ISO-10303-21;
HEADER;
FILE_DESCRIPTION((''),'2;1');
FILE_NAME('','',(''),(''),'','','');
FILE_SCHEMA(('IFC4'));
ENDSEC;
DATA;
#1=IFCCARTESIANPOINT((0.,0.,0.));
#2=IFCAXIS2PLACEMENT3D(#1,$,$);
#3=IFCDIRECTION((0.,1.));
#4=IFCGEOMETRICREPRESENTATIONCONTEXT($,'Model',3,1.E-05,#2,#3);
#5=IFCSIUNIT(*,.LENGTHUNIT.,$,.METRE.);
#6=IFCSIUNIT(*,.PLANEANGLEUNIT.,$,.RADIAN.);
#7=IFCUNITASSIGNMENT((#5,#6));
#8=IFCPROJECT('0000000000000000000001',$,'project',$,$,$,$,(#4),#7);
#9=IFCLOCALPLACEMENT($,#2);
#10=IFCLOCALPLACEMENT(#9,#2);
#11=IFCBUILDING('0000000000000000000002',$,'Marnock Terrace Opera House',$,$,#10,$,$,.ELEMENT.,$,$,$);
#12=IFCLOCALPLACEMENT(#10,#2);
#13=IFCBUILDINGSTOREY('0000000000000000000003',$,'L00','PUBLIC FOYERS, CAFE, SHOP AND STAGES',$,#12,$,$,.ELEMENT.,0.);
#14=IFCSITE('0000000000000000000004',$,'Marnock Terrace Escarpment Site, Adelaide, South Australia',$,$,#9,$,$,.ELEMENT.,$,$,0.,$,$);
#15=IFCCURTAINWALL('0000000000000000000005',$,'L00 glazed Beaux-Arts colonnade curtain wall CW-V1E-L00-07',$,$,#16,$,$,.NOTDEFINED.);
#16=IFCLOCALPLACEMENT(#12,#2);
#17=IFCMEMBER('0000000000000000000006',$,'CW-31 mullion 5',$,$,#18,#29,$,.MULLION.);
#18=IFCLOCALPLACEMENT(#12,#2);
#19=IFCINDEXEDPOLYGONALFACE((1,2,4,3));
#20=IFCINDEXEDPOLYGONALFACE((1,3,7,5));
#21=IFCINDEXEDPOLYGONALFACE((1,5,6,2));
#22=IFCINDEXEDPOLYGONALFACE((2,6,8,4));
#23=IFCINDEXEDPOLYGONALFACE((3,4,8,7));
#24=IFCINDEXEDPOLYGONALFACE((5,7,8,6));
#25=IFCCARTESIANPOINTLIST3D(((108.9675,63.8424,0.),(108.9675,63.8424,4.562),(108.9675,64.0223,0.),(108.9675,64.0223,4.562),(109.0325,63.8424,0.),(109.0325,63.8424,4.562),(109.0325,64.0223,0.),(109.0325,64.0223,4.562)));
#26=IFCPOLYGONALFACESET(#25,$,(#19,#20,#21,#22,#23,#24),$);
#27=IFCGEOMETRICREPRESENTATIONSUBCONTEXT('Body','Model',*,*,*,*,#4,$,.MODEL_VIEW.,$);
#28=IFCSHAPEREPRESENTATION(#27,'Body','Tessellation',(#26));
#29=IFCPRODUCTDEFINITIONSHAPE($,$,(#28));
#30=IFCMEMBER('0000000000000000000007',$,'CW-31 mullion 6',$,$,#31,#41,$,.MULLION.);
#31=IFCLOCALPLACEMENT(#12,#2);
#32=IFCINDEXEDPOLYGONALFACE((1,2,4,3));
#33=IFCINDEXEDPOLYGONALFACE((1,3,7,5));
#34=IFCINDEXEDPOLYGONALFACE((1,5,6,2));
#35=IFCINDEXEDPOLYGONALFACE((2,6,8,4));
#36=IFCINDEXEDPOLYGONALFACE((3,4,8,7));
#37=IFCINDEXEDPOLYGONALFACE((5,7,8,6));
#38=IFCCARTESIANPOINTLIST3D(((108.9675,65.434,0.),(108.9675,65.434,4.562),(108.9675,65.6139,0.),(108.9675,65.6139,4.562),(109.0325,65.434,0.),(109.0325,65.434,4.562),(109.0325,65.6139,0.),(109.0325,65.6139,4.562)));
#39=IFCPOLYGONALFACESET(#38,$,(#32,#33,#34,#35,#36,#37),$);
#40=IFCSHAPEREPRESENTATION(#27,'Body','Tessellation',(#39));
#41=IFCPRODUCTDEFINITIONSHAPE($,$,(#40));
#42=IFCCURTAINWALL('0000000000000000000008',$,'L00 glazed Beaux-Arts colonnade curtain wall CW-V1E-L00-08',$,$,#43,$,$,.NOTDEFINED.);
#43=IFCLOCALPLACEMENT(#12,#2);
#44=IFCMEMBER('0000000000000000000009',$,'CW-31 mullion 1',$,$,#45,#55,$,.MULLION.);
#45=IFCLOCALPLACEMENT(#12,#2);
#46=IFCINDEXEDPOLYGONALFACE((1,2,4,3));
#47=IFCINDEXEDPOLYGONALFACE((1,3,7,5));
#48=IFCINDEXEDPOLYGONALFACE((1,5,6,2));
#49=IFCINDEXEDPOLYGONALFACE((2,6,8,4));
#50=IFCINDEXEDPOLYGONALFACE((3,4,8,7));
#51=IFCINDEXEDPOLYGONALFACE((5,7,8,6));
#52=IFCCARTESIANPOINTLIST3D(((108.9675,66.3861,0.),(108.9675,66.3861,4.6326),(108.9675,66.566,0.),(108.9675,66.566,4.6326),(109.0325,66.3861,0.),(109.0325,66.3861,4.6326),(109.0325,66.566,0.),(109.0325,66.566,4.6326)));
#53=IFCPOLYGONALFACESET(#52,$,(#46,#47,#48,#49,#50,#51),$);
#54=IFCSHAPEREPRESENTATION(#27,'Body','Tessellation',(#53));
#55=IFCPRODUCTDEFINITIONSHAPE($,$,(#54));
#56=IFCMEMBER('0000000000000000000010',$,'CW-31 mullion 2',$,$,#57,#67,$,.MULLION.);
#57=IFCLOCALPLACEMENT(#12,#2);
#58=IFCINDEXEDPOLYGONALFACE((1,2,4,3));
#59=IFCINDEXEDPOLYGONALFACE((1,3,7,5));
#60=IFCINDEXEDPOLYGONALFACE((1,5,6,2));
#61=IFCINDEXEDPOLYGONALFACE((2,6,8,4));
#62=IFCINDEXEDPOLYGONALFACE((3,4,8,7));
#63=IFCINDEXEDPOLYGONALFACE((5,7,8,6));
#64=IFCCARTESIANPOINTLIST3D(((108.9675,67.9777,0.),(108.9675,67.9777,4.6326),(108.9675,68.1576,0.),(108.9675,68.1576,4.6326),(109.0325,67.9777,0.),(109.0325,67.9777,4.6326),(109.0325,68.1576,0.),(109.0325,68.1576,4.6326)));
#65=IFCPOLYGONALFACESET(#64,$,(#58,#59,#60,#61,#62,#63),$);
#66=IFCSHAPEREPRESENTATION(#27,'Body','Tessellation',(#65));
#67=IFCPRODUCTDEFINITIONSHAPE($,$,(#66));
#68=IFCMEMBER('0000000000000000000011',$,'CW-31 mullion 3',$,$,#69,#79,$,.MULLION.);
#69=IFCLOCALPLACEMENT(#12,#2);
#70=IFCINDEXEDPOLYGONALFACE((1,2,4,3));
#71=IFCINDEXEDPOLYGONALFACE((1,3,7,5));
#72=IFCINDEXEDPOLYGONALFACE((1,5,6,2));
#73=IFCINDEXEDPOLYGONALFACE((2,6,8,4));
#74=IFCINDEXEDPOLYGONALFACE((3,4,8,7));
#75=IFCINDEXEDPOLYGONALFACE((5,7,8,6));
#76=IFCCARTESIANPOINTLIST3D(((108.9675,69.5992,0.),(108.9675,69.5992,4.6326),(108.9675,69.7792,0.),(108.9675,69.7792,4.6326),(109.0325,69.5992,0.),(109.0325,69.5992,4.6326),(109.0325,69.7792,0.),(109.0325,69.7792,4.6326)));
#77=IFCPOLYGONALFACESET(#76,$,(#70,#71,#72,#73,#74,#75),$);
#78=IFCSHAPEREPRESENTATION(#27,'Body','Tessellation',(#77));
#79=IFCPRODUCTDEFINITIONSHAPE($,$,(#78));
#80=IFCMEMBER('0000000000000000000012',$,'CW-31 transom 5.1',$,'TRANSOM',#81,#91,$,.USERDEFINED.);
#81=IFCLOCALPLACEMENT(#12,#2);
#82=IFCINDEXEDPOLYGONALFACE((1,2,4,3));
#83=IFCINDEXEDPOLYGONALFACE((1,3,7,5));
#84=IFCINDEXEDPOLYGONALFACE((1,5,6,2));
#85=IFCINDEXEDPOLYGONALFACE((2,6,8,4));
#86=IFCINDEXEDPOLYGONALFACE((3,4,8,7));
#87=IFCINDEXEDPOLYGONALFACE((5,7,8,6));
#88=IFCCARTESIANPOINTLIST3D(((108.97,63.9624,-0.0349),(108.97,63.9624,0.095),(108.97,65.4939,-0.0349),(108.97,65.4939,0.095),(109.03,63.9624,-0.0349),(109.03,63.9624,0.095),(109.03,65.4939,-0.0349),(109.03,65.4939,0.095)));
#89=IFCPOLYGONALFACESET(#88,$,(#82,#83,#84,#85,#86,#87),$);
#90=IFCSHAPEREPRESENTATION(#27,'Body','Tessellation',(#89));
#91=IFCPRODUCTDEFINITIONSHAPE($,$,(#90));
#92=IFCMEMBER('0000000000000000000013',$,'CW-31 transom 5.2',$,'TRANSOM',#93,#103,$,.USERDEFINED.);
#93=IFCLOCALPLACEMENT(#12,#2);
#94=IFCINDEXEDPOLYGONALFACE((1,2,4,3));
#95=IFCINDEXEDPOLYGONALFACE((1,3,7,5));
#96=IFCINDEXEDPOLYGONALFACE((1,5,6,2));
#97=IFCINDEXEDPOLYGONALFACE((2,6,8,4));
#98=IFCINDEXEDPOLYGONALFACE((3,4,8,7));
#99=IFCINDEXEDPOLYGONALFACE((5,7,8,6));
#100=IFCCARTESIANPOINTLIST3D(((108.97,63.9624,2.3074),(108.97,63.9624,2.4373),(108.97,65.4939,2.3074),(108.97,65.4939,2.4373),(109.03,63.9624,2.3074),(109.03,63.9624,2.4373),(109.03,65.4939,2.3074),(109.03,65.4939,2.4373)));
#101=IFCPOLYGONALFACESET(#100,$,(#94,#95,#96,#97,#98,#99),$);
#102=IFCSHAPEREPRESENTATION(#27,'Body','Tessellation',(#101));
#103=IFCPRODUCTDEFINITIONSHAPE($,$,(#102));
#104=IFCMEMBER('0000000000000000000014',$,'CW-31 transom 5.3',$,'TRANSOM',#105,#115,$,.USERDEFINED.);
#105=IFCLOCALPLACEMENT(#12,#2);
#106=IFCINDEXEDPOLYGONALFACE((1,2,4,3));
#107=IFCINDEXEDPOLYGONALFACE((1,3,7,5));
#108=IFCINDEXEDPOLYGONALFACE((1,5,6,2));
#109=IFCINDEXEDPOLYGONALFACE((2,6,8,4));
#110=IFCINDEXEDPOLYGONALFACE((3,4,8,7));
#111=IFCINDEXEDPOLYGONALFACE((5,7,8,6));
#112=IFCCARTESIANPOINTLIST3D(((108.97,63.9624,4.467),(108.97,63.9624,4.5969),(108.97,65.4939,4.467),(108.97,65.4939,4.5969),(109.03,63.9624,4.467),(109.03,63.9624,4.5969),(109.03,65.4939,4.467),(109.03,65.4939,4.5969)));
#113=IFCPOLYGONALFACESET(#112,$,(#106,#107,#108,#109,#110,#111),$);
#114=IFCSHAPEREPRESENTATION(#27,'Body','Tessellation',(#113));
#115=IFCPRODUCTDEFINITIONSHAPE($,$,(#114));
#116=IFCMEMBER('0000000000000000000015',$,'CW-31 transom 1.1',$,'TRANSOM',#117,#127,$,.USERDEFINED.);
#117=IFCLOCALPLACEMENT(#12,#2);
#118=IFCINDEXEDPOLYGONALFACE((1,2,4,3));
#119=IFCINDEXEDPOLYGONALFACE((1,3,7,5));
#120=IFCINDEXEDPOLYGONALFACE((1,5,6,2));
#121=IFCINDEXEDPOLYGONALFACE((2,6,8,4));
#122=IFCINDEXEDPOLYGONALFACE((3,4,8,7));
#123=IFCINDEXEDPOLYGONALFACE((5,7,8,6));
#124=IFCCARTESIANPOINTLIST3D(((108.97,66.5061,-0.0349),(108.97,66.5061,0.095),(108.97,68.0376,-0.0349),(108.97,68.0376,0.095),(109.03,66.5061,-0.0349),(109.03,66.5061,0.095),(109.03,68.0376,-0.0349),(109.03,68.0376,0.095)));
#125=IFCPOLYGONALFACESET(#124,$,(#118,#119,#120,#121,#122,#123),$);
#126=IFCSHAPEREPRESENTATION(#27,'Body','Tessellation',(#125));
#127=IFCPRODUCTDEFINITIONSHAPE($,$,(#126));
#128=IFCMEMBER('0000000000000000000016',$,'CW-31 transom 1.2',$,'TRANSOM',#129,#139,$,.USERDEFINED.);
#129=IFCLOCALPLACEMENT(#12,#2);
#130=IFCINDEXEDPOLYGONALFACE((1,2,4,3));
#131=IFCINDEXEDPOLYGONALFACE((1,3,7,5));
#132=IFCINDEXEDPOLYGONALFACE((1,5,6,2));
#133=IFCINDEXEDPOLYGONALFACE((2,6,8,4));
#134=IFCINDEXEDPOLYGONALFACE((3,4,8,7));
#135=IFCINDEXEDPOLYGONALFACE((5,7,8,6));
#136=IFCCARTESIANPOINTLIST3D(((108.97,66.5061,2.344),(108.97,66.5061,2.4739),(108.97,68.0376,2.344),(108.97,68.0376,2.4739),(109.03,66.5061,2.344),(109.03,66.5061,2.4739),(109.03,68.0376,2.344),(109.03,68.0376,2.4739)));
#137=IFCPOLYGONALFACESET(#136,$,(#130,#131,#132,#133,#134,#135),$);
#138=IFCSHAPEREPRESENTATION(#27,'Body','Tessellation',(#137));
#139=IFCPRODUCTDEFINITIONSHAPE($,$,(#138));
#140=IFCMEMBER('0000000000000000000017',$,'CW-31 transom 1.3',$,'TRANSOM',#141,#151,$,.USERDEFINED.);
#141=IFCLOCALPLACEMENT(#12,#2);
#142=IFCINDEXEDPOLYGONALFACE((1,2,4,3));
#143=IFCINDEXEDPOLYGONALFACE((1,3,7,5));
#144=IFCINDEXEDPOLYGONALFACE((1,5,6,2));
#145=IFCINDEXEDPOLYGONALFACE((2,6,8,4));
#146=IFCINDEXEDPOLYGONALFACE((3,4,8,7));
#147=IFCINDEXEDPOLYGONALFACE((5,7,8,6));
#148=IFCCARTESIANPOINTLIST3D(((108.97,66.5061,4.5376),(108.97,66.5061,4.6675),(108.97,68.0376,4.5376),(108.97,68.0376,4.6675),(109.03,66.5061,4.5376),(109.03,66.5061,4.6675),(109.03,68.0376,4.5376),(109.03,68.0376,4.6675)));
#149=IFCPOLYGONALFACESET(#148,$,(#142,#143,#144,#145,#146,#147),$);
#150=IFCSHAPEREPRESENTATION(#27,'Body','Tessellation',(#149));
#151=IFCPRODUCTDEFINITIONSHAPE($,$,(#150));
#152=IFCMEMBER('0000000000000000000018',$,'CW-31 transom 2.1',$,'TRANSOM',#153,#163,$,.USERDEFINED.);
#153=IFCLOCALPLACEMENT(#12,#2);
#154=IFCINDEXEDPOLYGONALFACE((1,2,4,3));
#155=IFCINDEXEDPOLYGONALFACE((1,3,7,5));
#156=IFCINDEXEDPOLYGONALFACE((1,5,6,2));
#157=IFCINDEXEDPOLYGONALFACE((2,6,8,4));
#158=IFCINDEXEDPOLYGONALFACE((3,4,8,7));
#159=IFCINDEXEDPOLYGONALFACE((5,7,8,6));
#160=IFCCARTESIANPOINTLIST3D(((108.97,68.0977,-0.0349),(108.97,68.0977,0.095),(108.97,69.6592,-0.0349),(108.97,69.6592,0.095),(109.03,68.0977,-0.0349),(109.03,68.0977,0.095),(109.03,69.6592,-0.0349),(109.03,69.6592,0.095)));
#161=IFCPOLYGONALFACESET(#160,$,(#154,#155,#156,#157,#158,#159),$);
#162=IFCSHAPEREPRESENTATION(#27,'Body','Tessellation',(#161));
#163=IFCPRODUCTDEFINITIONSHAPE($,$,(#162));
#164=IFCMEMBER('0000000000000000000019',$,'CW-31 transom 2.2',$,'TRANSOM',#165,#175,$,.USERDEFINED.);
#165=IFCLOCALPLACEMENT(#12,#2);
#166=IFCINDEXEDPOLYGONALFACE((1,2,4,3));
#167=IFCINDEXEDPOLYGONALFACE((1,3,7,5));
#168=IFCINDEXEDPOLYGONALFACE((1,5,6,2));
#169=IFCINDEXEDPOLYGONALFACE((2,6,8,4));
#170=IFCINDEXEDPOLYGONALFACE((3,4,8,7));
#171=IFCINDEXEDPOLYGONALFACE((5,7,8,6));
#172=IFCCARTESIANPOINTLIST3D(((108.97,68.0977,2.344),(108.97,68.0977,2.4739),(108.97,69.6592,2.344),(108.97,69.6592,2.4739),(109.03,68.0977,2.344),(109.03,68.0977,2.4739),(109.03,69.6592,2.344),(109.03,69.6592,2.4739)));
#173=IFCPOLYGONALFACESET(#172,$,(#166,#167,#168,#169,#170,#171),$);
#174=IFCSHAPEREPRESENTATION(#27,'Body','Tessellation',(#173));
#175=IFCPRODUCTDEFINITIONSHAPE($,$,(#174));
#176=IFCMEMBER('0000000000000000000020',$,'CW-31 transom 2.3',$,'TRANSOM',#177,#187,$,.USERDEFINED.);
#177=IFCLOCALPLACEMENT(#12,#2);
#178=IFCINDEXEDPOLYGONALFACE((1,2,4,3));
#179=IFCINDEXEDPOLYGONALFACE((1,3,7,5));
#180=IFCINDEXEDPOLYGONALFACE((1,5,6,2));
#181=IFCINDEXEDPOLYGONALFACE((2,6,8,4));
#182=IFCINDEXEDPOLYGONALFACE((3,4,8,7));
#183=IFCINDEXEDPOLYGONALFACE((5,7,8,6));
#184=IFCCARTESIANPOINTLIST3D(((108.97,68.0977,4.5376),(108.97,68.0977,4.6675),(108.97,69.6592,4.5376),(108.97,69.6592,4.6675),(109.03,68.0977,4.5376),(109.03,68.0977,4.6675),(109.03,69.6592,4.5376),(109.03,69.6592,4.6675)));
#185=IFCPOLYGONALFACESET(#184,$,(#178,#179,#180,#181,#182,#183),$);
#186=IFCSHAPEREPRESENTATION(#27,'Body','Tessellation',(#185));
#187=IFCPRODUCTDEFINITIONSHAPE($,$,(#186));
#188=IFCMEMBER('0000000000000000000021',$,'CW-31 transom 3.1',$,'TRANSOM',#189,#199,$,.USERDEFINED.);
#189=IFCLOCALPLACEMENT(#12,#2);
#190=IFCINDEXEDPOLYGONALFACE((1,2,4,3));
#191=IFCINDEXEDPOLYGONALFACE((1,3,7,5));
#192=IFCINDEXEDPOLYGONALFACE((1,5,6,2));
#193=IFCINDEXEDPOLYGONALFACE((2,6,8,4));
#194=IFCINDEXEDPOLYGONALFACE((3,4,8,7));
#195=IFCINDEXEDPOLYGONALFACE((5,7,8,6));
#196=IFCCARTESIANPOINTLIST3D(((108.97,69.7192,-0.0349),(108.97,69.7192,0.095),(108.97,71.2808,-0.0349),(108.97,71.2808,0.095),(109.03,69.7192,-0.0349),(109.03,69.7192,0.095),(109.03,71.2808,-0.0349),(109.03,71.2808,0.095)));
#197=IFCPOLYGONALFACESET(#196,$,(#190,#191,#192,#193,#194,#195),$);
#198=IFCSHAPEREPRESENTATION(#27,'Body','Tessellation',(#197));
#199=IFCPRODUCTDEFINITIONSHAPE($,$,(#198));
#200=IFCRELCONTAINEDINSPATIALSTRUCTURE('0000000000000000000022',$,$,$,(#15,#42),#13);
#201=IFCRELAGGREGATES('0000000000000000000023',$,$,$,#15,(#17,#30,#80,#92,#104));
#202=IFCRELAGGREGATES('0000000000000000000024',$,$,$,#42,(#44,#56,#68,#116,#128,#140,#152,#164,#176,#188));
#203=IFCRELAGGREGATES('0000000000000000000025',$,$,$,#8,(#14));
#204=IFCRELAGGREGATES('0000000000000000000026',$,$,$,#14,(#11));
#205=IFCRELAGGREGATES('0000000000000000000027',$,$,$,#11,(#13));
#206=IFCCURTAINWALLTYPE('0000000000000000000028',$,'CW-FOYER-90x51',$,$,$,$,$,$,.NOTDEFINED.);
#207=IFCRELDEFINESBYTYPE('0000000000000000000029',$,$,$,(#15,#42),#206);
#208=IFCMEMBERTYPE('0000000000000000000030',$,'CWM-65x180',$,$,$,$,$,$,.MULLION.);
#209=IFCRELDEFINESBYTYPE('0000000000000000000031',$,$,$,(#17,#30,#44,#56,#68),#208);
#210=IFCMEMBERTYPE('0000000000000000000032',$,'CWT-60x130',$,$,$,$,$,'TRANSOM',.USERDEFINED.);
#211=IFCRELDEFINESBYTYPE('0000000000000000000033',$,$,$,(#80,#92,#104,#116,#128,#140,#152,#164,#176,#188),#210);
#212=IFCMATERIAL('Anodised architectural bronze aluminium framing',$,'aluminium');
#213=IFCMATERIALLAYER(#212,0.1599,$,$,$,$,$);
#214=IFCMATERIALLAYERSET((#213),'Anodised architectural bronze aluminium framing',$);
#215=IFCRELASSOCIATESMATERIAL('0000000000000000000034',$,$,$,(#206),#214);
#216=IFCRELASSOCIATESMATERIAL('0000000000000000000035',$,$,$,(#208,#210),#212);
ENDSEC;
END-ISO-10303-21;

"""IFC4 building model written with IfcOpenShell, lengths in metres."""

from ifc_helpers import new_model, si_unit, direction, frame, origin, origin_2d, place, context, subcontext, project, spatial, rectangle, extrude, material, layer, layer_set, material_profile, profile_set, type_object, element, aggregate, save


model = new_model("IFC4")

# Units and contexts
model_context = context("Model", 3, precision=1e-05, world=origin(), true_north=direction((0.0, 1.0)))
body_context = subcontext(model_context, "Body", "Model", "MODEL_VIEW")
ifc_project = project(units=[si_unit("LENGTHUNIT", "METRE"), si_unit("PLANEANGLEUNIT", "RADIAN")], contexts=[model_context])

# Site, building, storey
site_placement = place(None, origin())
site = spatial("IfcSite", under=ifc_project, at=site_placement, Name="Marnock Terrace Escarpment Site, Adelaide, South Australia", CompositionType="ELEMENT", RefElevation=0.0)
building_placement = place(site_placement, origin())
building = spatial("IfcBuilding", under=site, at=building_placement, Name="Marnock Terrace Opera House", CompositionType="ELEMENT")
storey_placement = place(building_placement, origin())
storey = spatial("IfcBuildingStorey", under=building, at=storey_placement, Name="L00", Description="PUBLIC FOYERS, CAFE, SHOP AND STAGES", CompositionType="ELEMENT", Elevation=0.0)

# Curtain walls, members
ifc_material_1 = material(Name="Anodised architectural bronze aluminium framing", Category="aluminium")
ifc_layer_1 = layer(ifc_material_1, 0.1599)
ifc_layer_set_1 = layer_set([ifc_layer_1], Name="Anodised architectural bronze aluminium framing")
curtain_wall_type = type_object("IfcCurtainWallType", Name="CW-FOYER-90x51", PredefinedType="NOTDEFINED", material=ifc_layer_set_1)
curtain_wall_1_placement = place(storey_placement, origin())
curtain_wall_1 = element("IfcCurtainWall", 1, at=curtain_wall_1_placement, inside=storey, type_object=curtain_wall_type, Name="L00 glazed Beaux-Arts colonnade curtain wall CW-V1E-L00-07", PredefinedType="NOTDEFINED")
ifc_material_profile_1 = material_profile(ifc_material_1, rectangle(XDim=0.0649, YDim=0.1799, at=origin_2d()))
ifc_profile_set_1 = profile_set([ifc_material_profile_1], Name="Anodised architectural bronze aluminium framing")
member_type_1 = type_object("IfcMemberType", Name="CWM-65x180", PredefinedType="MULLION", material=ifc_profile_set_1)
member_1_placement = place(storey_placement, frame((109.0, 63.9324, 0.0), z_axis=(0.0, 0.0, 1.0), x_axis=(-1.0, 0.0, 0.0)))
member_1 = element("IfcMember", 2, at=member_1_placement, type_object=member_type_1, Name="CW-31 mullion 5", PredefinedType="MULLION", context=body_context, shape_type="SweptSolid", body=[
    extrude(rectangle(XDim=0.0649, YDim=0.1799, at=origin_2d()), origin(), (0.0, 0.0, 1.0), 4.562),
])
member_2_placement = place(storey_placement, frame((109.0, 65.5239, 0.0), z_axis=(0.0, 0.0, 1.0), x_axis=(-1.0, 0.0, 0.0)))
member_2 = element("IfcMember", 3, at=member_2_placement, type_object=member_type_1, Name="CW-31 mullion 6", PredefinedType="MULLION", context=body_context, shape_type="SweptSolid", body=[
    extrude(rectangle(XDim=0.0649, YDim=0.1799, at=origin_2d()), origin(), (0.0, 0.0, 1.0), 4.562),
])
curtain_wall_2_placement = place(storey_placement, origin())
curtain_wall_2 = element("IfcCurtainWall", 4, at=curtain_wall_2_placement, inside=storey, type_object=curtain_wall_type, Name="L00 glazed Beaux-Arts colonnade curtain wall CW-V1E-L00-08", PredefinedType="NOTDEFINED")
member_3_placement = place(storey_placement, frame((109.0, 66.4761, 0.0), z_axis=(0.0, 0.0, 1.0), x_axis=(-1.0, 0.0, 0.0)))
member_3 = element("IfcMember", 5, at=member_3_placement, type_object=member_type_1, Name="CW-31 mullion 1", PredefinedType="MULLION", context=body_context, shape_type="SweptSolid", body=[
    extrude(rectangle(XDim=0.0649, YDim=0.1799, at=origin_2d()), origin(), (0.0, 0.0, 1.0), 4.6326),
])
member_4_placement = place(storey_placement, frame((109.0, 68.0676, 0.0), z_axis=(0.0, 0.0, 1.0), x_axis=(-1.0, 0.0, 0.0)))
member_4 = element("IfcMember", 6, at=member_4_placement, type_object=member_type_1, Name="CW-31 mullion 2", PredefinedType="MULLION", context=body_context, shape_type="SweptSolid", body=[
    extrude(rectangle(XDim=0.0649, YDim=0.1799, at=origin_2d()), origin(), (0.0, 0.0, 1.0), 4.6326),
])
member_5_placement = place(storey_placement, frame((109.0, 69.6892, 0.0), z_axis=(0.0, 0.0, 1.0), x_axis=(-1.0, 0.0, 0.0)))
member_5 = element("IfcMember", 7, at=member_5_placement, type_object=member_type_1, Name="CW-31 mullion 3", PredefinedType="MULLION", context=body_context, shape_type="SweptSolid", body=[
    extrude(rectangle(XDim=0.0649, YDim=0.1799, at=origin_2d()), origin(), (0.0, 0.0, 1.0), 4.6326),
])

# Members
ifc_material_profile_2 = material_profile(ifc_material_1, rectangle(XDim=0.0601, YDim=0.1299, at=origin_2d()))
ifc_profile_set_2 = profile_set([ifc_material_profile_2], Name="Anodised architectural bronze aluminium framing")
member_type_2 = type_object("IfcMemberType", Name="CWT-60x130", ElementType="TRANSOM", PredefinedType="USERDEFINED", material=ifc_profile_set_2)
member_6_placement = place(storey_placement, frame((109.0, 63.9624, 0.03), z_axis=(0.0, 1.0, 0.0), x_axis=(-1.0, 0.0, 0.0)))
member_6 = element("IfcMember", 8, at=member_6_placement, type_object=member_type_2, Name="CW-31 transom 5.1", ObjectType="TRANSOM", PredefinedType="USERDEFINED", context=body_context, shape_type="SweptSolid", body=[
    extrude(rectangle(XDim=0.0601, YDim=0.1299, at=origin_2d()), origin(), (0.0, 0.0, 1.0), 1.5315),
])
member_7_placement = place(storey_placement, frame((109.0, 63.9624, 2.3723), z_axis=(0.0, 1.0, 0.0), x_axis=(-1.0, 0.0, 0.0)))
member_7 = element("IfcMember", 9, at=member_7_placement, type_object=member_type_2, Name="CW-31 transom 5.2", ObjectType="TRANSOM", PredefinedType="USERDEFINED", context=body_context, shape_type="SweptSolid", body=[
    extrude(rectangle(XDim=0.0601, YDim=0.1299, at=origin_2d()), origin(), (0.0, 0.0, 1.0), 1.5315),
])
member_8_placement = place(storey_placement, frame((109.0, 63.9624, 4.532), z_axis=(0.0, 1.0, 0.0), x_axis=(-1.0, 0.0, 0.0)))
member_8 = element("IfcMember", 10, at=member_8_placement, type_object=member_type_2, Name="CW-31 transom 5.3", ObjectType="TRANSOM", PredefinedType="USERDEFINED", context=body_context, shape_type="SweptSolid", body=[
    extrude(rectangle(XDim=0.0601, YDim=0.1299, at=origin_2d()), origin(), (0.0, 0.0, 1.0), 1.5315),
])
member_9_placement = place(storey_placement, frame((109.0, 66.5061, 0.03), z_axis=(0.0, 1.0, 0.0), x_axis=(-1.0, 0.0, 0.0)))
member_9 = element("IfcMember", 11, at=member_9_placement, type_object=member_type_2, Name="CW-31 transom 1.1", ObjectType="TRANSOM", PredefinedType="USERDEFINED", context=body_context, shape_type="SweptSolid", body=[
    extrude(rectangle(XDim=0.0601, YDim=0.1299, at=origin_2d()), origin(), (0.0, 0.0, 1.0), 1.5315),
])
member_10_placement = place(storey_placement, frame((109.0, 66.5061, 2.4089), z_axis=(0.0, 1.0, 0.0), x_axis=(-1.0, 0.0, 0.0)))
member_10 = element("IfcMember", 12, at=member_10_placement, type_object=member_type_2, Name="CW-31 transom 1.2", ObjectType="TRANSOM", PredefinedType="USERDEFINED", context=body_context, shape_type="SweptSolid", body=[
    extrude(rectangle(XDim=0.0601, YDim=0.1299, at=origin_2d()), origin(), (0.0, 0.0, 1.0), 1.5315),
])
member_11_placement = place(storey_placement, frame((109.0, 66.5061, 4.6025), z_axis=(0.0, 1.0, 0.0), x_axis=(-1.0, 0.0, 0.0)))
member_11 = element("IfcMember", 13, at=member_11_placement, type_object=member_type_2, Name="CW-31 transom 1.3", ObjectType="TRANSOM", PredefinedType="USERDEFINED", context=body_context, shape_type="SweptSolid", body=[
    extrude(rectangle(XDim=0.0601, YDim=0.1299, at=origin_2d()), origin(), (0.0, 0.0, 1.0), 1.5315),
])
member_12_placement = place(storey_placement, frame((109.0, 68.0977, 0.03), z_axis=(0.0, 1.0, 0.0), x_axis=(-1.0, 0.0, 0.0)))
member_12 = element("IfcMember", 14, at=member_12_placement, type_object=member_type_2, Name="CW-31 transom 2.1", ObjectType="TRANSOM", PredefinedType="USERDEFINED", context=body_context, shape_type="SweptSolid", body=[
    extrude(rectangle(XDim=0.0601, YDim=0.1299, at=origin_2d()), origin(), (0.0, 0.0, 1.0), 1.5615),
])
member_13_placement = place(storey_placement, frame((109.0, 68.0977, 2.4089), z_axis=(0.0, 1.0, 0.0), x_axis=(-1.0, 0.0, 0.0)))
member_13 = element("IfcMember", 15, at=member_13_placement, type_object=member_type_2, Name="CW-31 transom 2.2", ObjectType="TRANSOM", PredefinedType="USERDEFINED", context=body_context, shape_type="SweptSolid", body=[
    extrude(rectangle(XDim=0.0601, YDim=0.1299, at=origin_2d()), origin(), (0.0, 0.0, 1.0), 1.5615),
])
member_14_placement = place(storey_placement, frame((109.0, 68.0977, 4.6025), z_axis=(0.0, 1.0, 0.0), x_axis=(-1.0, 0.0, 0.0)))
member_14 = element("IfcMember", 16, at=member_14_placement, type_object=member_type_2, Name="CW-31 transom 2.3", ObjectType="TRANSOM", PredefinedType="USERDEFINED", context=body_context, shape_type="SweptSolid", body=[
    extrude(rectangle(XDim=0.0601, YDim=0.1299, at=origin_2d()), origin(), (0.0, 0.0, 1.0), 1.5615),
])
member_15_placement = place(storey_placement, frame((109.0, 69.7192, 0.03), z_axis=(0.0, 1.0, 0.0), x_axis=(-1.0, 0.0, 0.0)))
member_15 = element("IfcMember", 17, at=member_15_placement, type_object=member_type_2, Name="CW-31 transom 3.1", ObjectType="TRANSOM", PredefinedType="USERDEFINED", context=body_context, shape_type="SweptSolid", body=[
    extrude(rectangle(XDim=0.0601, YDim=0.1299, at=origin_2d()), origin(), (0.0, 0.0, 1.0), 1.5615),
])

aggregate(curtain_wall_1, [member_1, member_2, member_6, member_7, member_8])
aggregate(curtain_wall_2, [member_3, member_4, member_5, member_9, member_10, member_11, member_12, member_13, member_14, member_15])

save(model, "model.ifc")
